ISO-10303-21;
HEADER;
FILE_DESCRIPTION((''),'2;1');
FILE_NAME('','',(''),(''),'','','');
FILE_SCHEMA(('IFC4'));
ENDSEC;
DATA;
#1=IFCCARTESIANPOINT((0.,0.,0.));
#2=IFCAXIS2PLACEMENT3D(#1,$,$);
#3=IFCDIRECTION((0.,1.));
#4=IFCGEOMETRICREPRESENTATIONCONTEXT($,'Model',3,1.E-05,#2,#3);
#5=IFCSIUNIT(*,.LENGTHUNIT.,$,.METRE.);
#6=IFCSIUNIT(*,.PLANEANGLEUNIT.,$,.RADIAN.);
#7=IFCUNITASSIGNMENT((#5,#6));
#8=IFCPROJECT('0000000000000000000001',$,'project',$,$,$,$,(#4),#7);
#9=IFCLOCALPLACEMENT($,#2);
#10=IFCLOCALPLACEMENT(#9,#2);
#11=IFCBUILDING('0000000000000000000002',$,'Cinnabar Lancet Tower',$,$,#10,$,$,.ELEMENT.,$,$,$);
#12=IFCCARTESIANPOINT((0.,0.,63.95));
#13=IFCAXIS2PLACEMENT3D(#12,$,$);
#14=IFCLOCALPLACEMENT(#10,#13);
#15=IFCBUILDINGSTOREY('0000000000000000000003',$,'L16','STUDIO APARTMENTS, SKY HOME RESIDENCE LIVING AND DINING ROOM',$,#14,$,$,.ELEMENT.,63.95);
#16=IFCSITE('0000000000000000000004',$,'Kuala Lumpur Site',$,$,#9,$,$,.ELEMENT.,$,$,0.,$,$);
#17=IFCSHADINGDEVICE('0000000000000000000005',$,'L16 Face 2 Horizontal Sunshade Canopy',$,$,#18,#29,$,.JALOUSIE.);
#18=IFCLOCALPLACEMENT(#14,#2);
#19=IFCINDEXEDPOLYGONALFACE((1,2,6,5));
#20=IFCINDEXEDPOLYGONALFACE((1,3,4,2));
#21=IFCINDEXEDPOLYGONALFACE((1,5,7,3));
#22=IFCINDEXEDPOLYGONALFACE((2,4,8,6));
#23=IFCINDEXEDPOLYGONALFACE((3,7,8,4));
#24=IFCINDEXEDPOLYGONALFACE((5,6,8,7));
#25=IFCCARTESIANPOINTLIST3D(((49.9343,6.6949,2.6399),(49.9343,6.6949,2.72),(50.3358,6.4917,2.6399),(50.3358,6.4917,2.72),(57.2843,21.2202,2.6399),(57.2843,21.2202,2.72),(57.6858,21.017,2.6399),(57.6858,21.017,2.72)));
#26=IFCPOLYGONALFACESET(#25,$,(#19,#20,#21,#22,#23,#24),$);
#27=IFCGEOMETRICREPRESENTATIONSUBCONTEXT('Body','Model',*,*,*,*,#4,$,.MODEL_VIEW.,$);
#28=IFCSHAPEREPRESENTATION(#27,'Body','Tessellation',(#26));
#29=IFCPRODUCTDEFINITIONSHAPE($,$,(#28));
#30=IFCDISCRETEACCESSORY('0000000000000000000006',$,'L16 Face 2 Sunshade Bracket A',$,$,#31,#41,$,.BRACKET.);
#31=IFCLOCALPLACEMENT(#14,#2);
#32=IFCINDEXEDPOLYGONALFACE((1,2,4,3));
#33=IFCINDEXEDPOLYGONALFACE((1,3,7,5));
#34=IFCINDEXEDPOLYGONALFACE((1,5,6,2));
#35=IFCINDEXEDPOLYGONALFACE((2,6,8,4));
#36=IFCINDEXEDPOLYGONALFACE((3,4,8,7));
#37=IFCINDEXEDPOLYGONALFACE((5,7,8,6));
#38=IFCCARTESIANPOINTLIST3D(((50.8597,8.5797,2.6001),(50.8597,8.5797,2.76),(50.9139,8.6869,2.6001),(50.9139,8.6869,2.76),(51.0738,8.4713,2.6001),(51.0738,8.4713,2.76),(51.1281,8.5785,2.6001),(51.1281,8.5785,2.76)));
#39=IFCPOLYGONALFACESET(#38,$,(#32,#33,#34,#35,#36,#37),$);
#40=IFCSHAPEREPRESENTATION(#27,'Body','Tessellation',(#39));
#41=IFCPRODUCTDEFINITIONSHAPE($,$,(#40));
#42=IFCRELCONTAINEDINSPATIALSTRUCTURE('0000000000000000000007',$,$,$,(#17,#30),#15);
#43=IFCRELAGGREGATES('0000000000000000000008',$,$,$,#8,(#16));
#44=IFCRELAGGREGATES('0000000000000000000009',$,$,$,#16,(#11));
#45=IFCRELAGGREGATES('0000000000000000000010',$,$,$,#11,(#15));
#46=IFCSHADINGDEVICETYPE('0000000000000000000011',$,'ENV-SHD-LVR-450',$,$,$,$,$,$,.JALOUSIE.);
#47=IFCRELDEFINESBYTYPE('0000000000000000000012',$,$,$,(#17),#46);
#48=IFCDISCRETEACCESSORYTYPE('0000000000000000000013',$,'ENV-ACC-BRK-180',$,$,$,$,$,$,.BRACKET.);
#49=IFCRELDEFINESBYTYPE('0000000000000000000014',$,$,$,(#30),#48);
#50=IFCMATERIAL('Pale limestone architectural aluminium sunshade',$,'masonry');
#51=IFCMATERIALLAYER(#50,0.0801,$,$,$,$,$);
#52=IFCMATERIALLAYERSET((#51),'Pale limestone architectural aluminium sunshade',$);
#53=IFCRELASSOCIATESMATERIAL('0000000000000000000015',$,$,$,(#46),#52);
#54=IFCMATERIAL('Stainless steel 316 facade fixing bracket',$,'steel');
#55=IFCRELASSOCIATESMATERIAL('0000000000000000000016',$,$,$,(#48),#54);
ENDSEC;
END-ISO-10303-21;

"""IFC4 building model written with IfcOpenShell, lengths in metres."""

from ifc_helpers import new_model, si_unit, direction, frame, origin, origin_2d, place, context, subcontext, project, spatial, rectangle, extrude, material, layer, layer_set, type_object, element, save


model = new_model("IFC4")

# Units and contexts
model_context = context("Model", 3, precision=1e-05, world=origin(), true_north=direction((0.0, 1.0)))
body_context = subcontext(model_context, "Body", "Model", "MODEL_VIEW")
ifc_project = project(units=[si_unit("LENGTHUNIT", "METRE"), si_unit("PLANEANGLEUNIT", "RADIAN")], contexts=[model_context])

# Site, building, storey
site_placement = place(None, origin())
site = spatial("IfcSite", under=ifc_project, at=site_placement, Name="Kuala Lumpur Site", CompositionType="ELEMENT", RefElevation=0.0)
building_placement = place(site_placement, origin())
building = spatial("IfcBuilding", under=site, at=building_placement, Name="Cinnabar Lancet Tower", CompositionType="ELEMENT")
storey_placement = place(building_placement, frame((0.0, 0.0, 63.95)))
storey = spatial("IfcBuildingStorey", under=building, at=storey_placement, Name="L16", Description="STUDIO APARTMENTS, SKY HOME RESIDENCE LIVING AND DINING ROOM", CompositionType="ELEMENT", Elevation=63.95)

# Shading device
ifc_material_1 = material(Name="Pale limestone architectural aluminium sunshade", Category="masonry")
ifc_layer_1 = layer(ifc_material_1, 0.0801)
ifc_layer_set_1 = layer_set([ifc_layer_1], Name="Pale limestone architectural aluminium sunshade")
shading_device_type = type_object("IfcShadingDeviceType", Name="ENV-SHD-LVR-450", PredefinedType="JALOUSIE", material=ifc_layer_set_1)
shading_device_placement = place(storey_placement, frame((53.8101, 13.856, 2.6399), z_axis=(0.0, 0.0, 1.0), x_axis=(0.451501, 0.892271, 0.0)))
element("IfcShadingDevice", 1, at=shading_device_placement, inside=storey, type_object=shading_device_type, Name="L16 Face 2 Horizontal Sunshade Canopy", PredefinedType="JALOUSIE", context=body_context, shape_type="SweptSolid", body=[
    extrude(rectangle(XDim=16.2791, YDim=0.45, at=origin_2d()), origin(), (0.0, 0.0, 1.0), 0.0801),
])

# Discrete accessory
ifc_material_2 = material(Name="Stainless steel 316 facade fixing bracket", Category="steel")
discrete_accessory_type = type_object("IfcDiscreteAccessoryType", Name="ENV-ACC-BRK-180", PredefinedType="BRACKET", material=ifc_material_2)
discrete_accessory_placement = place(storey_placement, frame((50.9939, 8.5791, 2.6001), z_axis=(0.0, 0.0, 1.0), x_axis=(0.451501, 0.892271, 0.0)))
element("IfcDiscreteAccessory", 2, at=discrete_accessory_placement, inside=storey, type_object=discrete_accessory_type, Name="L16 Face 2 Sunshade Bracket A", PredefinedType="BRACKET", context=body_context, shape_type="SweptSolid", body=[
    extrude(rectangle(XDim=0.1201, YDim=0.24, at=origin_2d()), origin(), (0.0, 0.0, 1.0), 0.1599),
])

save(model, "model.ifc")
